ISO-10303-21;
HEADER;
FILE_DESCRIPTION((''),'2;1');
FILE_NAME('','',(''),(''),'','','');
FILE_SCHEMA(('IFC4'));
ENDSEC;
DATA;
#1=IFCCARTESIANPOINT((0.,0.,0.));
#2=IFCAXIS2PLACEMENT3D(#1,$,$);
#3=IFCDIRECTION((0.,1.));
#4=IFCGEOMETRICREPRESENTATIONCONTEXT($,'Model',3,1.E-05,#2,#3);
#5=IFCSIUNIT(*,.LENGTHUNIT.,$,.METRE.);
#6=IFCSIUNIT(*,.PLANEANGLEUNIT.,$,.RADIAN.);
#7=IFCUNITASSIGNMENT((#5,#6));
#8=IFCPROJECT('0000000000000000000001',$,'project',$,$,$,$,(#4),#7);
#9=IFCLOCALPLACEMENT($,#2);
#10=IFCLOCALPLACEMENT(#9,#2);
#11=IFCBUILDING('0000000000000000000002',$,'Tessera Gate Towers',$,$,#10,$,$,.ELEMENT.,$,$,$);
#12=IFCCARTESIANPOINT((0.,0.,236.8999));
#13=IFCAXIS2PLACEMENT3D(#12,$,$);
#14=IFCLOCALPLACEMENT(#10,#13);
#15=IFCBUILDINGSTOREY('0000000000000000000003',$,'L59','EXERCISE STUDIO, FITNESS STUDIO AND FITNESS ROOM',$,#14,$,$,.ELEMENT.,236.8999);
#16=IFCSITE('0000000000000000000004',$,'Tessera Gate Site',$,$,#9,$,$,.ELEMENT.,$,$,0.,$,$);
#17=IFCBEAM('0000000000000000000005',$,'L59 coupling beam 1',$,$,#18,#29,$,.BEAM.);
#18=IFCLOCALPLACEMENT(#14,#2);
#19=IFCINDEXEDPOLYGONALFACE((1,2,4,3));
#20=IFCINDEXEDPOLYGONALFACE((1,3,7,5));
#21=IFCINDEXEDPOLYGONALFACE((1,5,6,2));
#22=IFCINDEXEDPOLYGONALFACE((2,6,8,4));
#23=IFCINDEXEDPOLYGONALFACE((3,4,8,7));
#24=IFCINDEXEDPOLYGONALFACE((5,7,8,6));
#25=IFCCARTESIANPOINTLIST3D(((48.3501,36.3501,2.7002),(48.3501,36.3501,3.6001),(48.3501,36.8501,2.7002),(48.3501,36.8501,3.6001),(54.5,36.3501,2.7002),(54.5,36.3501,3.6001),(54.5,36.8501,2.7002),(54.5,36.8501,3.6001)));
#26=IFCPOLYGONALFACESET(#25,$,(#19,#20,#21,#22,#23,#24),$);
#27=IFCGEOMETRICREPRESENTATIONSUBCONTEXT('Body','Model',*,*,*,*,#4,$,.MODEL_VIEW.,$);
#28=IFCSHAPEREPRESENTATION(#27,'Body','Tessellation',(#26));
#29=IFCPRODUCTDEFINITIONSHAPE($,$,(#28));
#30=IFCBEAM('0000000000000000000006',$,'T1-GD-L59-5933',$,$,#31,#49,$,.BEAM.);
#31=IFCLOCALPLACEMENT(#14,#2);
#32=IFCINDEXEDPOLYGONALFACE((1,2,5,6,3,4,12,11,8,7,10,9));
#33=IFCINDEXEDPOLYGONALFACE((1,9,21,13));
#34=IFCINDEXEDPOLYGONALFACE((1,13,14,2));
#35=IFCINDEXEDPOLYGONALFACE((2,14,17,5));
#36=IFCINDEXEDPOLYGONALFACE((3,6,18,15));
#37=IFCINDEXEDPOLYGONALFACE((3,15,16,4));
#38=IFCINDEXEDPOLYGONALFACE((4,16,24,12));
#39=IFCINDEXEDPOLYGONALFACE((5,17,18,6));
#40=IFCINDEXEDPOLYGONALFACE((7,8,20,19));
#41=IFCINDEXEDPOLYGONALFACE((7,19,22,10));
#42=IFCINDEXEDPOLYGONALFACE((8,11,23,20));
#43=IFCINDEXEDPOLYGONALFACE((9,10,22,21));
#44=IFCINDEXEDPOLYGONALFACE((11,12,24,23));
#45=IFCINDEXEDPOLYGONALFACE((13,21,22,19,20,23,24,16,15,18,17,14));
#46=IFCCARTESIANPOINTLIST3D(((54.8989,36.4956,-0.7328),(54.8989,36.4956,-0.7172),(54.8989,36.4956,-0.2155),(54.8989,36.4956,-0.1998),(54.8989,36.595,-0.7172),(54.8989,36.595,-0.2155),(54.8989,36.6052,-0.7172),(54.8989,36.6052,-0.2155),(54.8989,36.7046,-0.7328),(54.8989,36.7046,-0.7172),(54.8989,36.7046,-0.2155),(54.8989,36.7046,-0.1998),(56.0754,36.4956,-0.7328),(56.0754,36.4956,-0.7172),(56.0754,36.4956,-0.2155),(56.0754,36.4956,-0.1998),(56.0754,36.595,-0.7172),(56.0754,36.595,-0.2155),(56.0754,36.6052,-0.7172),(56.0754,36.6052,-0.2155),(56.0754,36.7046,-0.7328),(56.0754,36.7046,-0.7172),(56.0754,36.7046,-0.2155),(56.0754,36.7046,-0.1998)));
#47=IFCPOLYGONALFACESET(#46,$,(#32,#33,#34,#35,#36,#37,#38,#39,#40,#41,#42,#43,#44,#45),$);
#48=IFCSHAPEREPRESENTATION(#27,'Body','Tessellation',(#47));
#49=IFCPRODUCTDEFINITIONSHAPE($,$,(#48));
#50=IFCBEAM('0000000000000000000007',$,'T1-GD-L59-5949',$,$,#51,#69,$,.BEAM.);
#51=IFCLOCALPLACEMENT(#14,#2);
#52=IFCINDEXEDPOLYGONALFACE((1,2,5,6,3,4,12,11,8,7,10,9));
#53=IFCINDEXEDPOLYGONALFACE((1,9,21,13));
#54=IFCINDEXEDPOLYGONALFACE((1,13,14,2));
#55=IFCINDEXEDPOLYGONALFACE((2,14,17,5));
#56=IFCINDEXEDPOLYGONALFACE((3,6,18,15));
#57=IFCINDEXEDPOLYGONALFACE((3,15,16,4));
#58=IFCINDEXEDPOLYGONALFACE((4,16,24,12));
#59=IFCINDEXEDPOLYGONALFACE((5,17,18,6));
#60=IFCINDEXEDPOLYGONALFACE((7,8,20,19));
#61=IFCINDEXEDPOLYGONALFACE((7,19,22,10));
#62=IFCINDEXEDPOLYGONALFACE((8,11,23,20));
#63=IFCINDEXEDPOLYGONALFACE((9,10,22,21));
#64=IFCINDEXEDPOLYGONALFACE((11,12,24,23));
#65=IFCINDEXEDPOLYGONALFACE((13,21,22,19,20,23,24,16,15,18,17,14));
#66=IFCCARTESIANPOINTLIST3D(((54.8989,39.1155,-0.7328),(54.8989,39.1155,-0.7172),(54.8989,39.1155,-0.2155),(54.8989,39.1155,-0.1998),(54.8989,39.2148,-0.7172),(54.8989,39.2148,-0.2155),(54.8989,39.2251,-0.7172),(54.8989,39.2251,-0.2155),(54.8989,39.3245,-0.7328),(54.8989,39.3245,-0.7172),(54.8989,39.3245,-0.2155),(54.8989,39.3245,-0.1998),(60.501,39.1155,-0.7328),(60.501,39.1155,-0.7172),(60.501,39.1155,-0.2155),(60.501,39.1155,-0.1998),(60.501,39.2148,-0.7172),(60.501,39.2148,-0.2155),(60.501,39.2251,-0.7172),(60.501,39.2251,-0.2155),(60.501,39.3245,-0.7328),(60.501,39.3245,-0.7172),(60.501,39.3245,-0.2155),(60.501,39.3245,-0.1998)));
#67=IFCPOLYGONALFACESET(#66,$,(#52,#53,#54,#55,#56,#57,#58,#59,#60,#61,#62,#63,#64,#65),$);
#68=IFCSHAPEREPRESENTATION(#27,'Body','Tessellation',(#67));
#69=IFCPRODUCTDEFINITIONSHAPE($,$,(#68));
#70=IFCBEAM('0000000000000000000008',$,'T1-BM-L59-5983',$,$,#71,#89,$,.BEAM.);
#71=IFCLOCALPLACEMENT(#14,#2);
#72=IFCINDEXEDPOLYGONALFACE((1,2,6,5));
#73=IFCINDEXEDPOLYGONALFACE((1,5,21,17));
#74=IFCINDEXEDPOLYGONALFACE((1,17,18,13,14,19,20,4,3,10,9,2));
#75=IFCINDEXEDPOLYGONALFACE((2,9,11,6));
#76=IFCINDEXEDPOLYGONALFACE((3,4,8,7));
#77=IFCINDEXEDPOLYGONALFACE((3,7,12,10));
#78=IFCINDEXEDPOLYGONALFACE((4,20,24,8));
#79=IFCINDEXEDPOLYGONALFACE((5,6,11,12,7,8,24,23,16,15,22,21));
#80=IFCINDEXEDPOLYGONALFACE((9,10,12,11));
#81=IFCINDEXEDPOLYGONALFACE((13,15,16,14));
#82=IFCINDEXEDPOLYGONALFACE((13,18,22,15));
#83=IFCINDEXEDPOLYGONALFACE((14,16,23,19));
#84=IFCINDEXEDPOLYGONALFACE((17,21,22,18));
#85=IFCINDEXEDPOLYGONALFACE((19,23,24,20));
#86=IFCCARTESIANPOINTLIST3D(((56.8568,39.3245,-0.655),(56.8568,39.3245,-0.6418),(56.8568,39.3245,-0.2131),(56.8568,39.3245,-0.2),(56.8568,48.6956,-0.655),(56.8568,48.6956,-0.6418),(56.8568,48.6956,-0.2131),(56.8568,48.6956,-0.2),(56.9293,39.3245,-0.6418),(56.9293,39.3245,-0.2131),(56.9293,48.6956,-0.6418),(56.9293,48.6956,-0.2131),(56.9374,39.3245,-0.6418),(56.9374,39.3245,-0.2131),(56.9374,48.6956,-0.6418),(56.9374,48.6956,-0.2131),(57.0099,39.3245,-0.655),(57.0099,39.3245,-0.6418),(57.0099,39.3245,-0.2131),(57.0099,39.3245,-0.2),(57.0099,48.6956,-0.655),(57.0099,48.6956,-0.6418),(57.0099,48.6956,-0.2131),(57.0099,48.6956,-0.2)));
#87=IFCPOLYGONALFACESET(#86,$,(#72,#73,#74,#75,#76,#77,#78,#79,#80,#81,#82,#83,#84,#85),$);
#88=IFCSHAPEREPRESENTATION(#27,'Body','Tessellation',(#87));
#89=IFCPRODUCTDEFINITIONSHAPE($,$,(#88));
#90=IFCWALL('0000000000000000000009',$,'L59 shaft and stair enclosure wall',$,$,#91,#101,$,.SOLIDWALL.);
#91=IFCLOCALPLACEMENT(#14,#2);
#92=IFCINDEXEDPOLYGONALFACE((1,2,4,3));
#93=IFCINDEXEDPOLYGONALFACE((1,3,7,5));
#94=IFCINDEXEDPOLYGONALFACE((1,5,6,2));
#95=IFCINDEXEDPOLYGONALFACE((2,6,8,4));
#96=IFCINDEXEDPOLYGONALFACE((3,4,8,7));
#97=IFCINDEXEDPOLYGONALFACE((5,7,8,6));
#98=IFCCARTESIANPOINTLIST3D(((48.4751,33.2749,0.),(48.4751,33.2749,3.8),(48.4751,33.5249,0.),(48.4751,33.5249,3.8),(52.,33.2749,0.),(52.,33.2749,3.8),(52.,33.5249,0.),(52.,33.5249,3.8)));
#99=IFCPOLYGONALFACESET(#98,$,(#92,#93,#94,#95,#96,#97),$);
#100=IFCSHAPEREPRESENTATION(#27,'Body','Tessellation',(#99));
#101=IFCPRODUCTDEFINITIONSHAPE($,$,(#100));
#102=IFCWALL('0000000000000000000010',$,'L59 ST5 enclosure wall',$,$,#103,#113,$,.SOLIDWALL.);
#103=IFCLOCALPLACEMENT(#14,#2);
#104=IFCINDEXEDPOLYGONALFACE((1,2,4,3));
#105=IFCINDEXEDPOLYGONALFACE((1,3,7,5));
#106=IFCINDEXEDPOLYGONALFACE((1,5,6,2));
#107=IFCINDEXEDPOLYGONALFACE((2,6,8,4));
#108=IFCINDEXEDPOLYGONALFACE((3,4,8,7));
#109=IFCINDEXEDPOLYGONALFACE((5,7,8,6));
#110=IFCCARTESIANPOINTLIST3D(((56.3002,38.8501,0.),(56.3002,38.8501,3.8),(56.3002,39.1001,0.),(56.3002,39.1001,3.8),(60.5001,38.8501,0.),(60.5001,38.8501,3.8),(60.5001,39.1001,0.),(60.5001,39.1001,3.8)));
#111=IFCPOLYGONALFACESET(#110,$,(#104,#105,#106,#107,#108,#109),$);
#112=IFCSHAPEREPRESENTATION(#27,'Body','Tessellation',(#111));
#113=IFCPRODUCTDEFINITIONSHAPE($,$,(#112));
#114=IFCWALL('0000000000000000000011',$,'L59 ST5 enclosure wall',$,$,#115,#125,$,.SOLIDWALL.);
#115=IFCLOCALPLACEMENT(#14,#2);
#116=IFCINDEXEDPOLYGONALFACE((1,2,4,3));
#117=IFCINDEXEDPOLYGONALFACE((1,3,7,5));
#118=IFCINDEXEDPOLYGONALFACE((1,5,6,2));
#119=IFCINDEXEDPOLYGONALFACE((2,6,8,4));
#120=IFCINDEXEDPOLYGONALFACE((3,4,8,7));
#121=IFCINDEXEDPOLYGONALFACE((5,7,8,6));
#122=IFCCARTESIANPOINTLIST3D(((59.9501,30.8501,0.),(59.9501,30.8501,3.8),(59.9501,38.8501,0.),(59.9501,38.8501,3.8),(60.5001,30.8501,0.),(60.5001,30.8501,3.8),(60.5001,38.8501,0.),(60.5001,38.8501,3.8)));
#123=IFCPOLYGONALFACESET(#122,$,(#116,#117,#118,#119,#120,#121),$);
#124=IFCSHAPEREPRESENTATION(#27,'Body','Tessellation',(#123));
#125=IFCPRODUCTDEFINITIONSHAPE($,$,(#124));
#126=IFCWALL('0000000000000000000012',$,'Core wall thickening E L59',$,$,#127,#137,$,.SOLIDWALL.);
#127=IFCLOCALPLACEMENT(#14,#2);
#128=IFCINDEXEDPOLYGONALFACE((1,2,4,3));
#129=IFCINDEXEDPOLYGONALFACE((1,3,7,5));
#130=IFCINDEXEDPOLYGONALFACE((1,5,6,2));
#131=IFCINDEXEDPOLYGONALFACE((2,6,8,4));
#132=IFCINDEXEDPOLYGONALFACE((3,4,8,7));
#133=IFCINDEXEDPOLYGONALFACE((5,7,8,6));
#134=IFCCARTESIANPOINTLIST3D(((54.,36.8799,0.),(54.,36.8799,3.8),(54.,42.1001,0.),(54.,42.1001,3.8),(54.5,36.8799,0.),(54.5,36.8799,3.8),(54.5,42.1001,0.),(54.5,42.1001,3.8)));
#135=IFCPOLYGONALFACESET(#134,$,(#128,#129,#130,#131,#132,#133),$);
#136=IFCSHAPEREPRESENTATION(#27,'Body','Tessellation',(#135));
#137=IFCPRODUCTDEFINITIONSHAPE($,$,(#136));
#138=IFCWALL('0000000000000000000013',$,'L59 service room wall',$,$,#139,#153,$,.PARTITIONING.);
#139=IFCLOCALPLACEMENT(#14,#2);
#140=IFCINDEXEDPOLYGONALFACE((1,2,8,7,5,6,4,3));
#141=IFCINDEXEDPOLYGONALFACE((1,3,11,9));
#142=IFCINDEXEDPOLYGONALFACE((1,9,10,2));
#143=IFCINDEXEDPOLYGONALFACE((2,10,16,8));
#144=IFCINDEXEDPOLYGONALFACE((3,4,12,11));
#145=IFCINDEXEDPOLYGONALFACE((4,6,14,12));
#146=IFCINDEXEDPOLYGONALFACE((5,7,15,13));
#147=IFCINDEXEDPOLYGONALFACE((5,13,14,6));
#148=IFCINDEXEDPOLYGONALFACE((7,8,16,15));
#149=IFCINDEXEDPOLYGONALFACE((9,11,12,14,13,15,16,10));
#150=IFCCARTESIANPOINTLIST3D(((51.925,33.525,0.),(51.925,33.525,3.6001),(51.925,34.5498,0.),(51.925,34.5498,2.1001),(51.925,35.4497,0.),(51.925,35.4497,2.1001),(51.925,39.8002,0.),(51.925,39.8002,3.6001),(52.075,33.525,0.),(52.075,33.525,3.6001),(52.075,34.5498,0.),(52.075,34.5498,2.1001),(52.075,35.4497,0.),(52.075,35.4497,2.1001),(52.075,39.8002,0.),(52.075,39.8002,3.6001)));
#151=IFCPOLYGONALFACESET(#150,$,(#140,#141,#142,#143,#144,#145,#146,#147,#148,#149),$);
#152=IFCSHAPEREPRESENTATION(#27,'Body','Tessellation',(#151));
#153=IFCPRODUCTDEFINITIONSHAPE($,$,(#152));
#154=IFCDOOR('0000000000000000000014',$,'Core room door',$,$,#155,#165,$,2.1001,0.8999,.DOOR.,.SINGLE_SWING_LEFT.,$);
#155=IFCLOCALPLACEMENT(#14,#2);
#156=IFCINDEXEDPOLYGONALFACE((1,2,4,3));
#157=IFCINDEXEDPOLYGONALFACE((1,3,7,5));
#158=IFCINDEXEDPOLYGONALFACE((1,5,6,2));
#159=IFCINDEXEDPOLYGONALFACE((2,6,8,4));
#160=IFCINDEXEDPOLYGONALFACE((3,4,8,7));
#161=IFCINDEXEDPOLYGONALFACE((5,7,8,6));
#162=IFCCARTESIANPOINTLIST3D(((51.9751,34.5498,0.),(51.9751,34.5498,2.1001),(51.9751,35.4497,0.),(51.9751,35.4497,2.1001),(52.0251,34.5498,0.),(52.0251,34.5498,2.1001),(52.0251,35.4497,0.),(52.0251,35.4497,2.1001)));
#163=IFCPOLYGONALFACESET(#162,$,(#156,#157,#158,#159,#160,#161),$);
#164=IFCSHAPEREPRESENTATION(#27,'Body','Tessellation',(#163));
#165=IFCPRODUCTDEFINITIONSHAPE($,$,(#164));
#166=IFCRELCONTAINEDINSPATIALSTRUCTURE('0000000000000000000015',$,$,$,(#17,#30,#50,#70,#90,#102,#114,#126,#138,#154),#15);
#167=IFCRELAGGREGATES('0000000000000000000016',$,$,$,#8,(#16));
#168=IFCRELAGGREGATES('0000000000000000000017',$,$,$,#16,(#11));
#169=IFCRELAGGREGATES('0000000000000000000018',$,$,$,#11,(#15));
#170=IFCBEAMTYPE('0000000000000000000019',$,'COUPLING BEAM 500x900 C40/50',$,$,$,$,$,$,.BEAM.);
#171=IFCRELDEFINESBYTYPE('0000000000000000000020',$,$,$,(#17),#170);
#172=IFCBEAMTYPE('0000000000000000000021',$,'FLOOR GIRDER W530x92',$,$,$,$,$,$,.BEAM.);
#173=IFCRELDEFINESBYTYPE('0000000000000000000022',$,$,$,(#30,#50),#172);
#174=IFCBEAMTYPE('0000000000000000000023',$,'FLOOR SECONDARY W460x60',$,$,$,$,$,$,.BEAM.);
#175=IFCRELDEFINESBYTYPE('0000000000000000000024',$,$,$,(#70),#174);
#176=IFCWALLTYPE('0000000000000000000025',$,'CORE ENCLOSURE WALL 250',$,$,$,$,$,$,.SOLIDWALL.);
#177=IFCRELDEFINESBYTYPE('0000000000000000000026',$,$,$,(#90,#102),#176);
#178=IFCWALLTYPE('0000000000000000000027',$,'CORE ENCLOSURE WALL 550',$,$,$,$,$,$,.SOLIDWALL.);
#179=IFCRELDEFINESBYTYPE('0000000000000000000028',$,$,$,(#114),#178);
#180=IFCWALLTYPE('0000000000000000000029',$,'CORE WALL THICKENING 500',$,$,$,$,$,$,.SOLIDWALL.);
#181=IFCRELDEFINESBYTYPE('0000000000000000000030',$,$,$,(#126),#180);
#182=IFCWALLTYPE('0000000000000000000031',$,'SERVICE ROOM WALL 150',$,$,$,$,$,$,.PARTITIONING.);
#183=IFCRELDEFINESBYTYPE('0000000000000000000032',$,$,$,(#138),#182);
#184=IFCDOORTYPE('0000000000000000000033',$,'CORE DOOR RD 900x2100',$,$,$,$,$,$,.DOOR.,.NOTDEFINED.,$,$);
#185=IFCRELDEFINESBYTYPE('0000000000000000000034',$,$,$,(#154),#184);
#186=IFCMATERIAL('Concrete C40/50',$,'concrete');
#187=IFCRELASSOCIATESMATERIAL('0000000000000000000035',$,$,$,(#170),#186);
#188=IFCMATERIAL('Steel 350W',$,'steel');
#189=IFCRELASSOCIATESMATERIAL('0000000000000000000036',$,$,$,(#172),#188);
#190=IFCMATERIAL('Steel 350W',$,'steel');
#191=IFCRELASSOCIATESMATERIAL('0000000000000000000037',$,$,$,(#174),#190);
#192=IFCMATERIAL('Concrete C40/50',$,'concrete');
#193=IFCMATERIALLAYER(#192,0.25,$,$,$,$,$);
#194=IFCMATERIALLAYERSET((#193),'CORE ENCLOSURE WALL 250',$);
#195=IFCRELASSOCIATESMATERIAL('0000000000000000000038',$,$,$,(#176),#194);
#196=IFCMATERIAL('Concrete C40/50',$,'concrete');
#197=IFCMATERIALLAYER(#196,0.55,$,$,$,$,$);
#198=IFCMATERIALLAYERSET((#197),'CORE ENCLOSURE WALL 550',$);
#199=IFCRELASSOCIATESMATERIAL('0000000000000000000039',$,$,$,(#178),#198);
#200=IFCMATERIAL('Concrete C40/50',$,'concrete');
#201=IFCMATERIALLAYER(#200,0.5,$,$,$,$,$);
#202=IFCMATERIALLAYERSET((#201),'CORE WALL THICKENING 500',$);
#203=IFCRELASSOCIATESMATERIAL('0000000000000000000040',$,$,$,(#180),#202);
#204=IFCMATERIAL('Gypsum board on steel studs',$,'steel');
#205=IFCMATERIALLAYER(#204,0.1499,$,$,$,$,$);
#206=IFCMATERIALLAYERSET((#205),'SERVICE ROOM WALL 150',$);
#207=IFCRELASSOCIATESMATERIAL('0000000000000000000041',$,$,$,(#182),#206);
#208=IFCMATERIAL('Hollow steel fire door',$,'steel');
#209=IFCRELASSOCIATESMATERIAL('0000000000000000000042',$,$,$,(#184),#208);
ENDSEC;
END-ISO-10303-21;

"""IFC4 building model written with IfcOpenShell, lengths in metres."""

from ifc_helpers import new_model, si_unit, direction, frame, frame_2d, origin, origin_2d, place, context, subcontext, project, spatial, rectangle, i_section, extrude, source, transform, mapped, material, layer, layer_set, material_profile, profile_set, type_object, element, fill, save


model = new_model("IFC4")

# Units and contexts
model_context = context("Model", 3, precision=1e-05, world=origin(), true_north=direction((0.0, 1.0)))
body_context = subcontext(model_context, "Body", "Model", "MODEL_VIEW")
ifc_project = project(units=[si_unit("LENGTHUNIT", "METRE"), si_unit("PLANEANGLEUNIT", "RADIAN")], contexts=[model_context])

# Site, building, storey
site_placement = place(None, origin())
site = spatial("IfcSite", under=ifc_project, at=site_placement, Name="Tessera Gate Site", CompositionType="ELEMENT", RefElevation=0.0)
building_placement = place(site_placement, origin())
building = spatial("IfcBuilding", under=site, at=building_placement, Name="Tessera Gate Towers", CompositionType="ELEMENT")
storey_placement = place(building_placement, frame((0.0, 0.0, 236.8999)))
storey = spatial("IfcBuildingStorey", under=building, at=storey_placement, Name="L59", Description="EXERCISE STUDIO, FITNESS STUDIO AND FITNESS ROOM", CompositionType="ELEMENT", Elevation=236.8999)

# Beams
ifc_material_1 = material(Name="Concrete C40/50", Category="concrete")
ifc_material_profile_1 = material_profile(ifc_material_1, rectangle(XDim=0.5, YDim=0.8999, at=origin_2d()), Name="RC 500x900")
ifc_profile_set_1 = profile_set([ifc_material_profile_1], Name="Concrete C40/50")
beam_type_1 = type_object("IfcBeamType", Name="COUPLING BEAM 500x900 C40/50", PredefinedType="BEAM", material=ifc_profile_set_1)
beam_1_placement = place(storey_placement, frame((48.3501, 36.6001, 3.1501), z_axis=(1.0, 0.0, 0.0), x_axis=(0.0, 1.0, 0.0)))
element("IfcBeam", 1, at=beam_1_placement, inside=storey, type_object=beam_type_1, Name="L59 coupling beam 1", PredefinedType="BEAM", context=body_context, shape_type="SweptSolid", body=[
    extrude(rectangle(XDim=0.5, YDim=0.8999, at=origin_2d()), origin(), (0.0, 0.0, 1.0), 6.1499),
])
ifc_material_2 = material(Name="Steel 350W", Category="steel")
ifc_material_profile_2 = material_profile(ifc_material_2, i_section(OverallWidth=0.209, OverallDepth=0.533, WebThickness=0.0103, FlangeThickness=0.0156, at=origin_2d()), Name="W530x92")
ifc_profile_set_2 = profile_set([ifc_material_profile_2], Name="Steel 350W")
beam_type_2 = type_object("IfcBeamType", Name="FLOOR GIRDER W530x92", PredefinedType="BEAM", material=ifc_profile_set_2)
beam_2_placement = place(storey_placement, frame((54.8989, 36.6001, -0.4663), z_axis=(1.0, 0.0, 0.0), x_axis=(0.0, 1.0, 0.0)))
element("IfcBeam", 2, at=beam_2_placement, inside=storey, type_object=beam_type_2, Name="T1-GD-L59-5933", PredefinedType="BEAM", context=body_context, shape_type="SweptSolid", body=[
    extrude(i_section(OverallWidth=0.209, OverallDepth=0.533, WebThickness=0.0103, FlangeThickness=0.0156, at=origin_2d()), origin(), (0.0, 0.0, 1.0), 1.1765),
])
beam_3_placement = place(storey_placement, frame((54.8989, 39.22, -0.4663), z_axis=(1.0, 0.0, 0.0), x_axis=(0.0, 1.0, 0.0)))
element("IfcBeam", 3, at=beam_3_placement, inside=storey, type_object=beam_type_2, Name="T1-GD-L59-5949", PredefinedType="BEAM", context=body_context, shape_type="SweptSolid", body=[
    extrude(i_section(OverallWidth=0.209, OverallDepth=0.533, WebThickness=0.0103, FlangeThickness=0.0156, at=origin_2d()), origin(), (0.0, 0.0, 1.0), 5.6021),
])
ifc_material_3 = material(Name="Steel 350W", Category="steel")
ifc_material_profile_3 = material_profile(ifc_material_3, i_section(OverallWidth=0.1531, OverallDepth=0.4551, WebThickness=0.0081, FlangeThickness=0.0132, at=origin_2d()), Name="W460x60")
ifc_profile_set_3 = profile_set([ifc_material_profile_3], Name="Steel 350W")
beam_type_3 = type_object("IfcBeamType", Name="FLOOR SECONDARY W460x60", PredefinedType="BEAM", material=ifc_profile_set_3)
beam_4_placement = place(storey_placement, frame((56.9333, 39.3245, -0.4275), z_axis=(0.0, 1.0, 0.0), x_axis=(-1.0, 0.0, 0.0)))
element("IfcBeam", 4, at=beam_4_placement, inside=storey, type_object=beam_type_3, Name="T1-BM-L59-5983", PredefinedType="BEAM", context=body_context, shape_type="SweptSolid", body=[
    extrude(i_section(OverallWidth=0.1531, OverallDepth=0.4551, WebThickness=0.0081, FlangeThickness=0.0132, at=origin_2d()), origin(), (0.0, 0.0, 1.0), 9.3711),
])

# Walls
ifc_material_4 = material(Name="Concrete C40/50", Category="concrete")
ifc_layer_1 = layer(ifc_material_4, 0.25)
ifc_layer_set_1 = layer_set([ifc_layer_1], Name="CORE ENCLOSURE WALL 250")
wall_type_1 = type_object("IfcWallType", Name="CORE ENCLOSURE WALL 250", PredefinedType="SOLIDWALL", material=ifc_layer_set_1)
wall_1_placement = place(storey_placement, frame((48.4751, 33.3999, 0.0), z_axis=(0.0, 0.0, 1.0), x_axis=(1.0, 0.0, 0.0)))
element("IfcWall", 5, at=wall_1_placement, inside=storey, type_object=wall_type_1, Name="L59 shaft and stair enclosure wall", PredefinedType="SOLIDWALL", context=body_context, shape_type="SweptSolid", body=[
    extrude(rectangle(XDim=3.5249, YDim=0.25, at=frame_2d((1.7625, 0.0))), origin(), (0.0, 0.0, 1.0), 3.8),
])
wall_2_placement = place(storey_placement, frame((56.3, 38.9751, 0.0), z_axis=(0.0, 0.0, 1.0), x_axis=(1.0, 0.0, 0.0)))
element("IfcWall", 6, at=wall_2_placement, inside=storey, type_object=wall_type_1, Name="L59 ST5 enclosure wall", PredefinedType="SOLIDWALL", context=body_context, shape_type="SweptSolid", body=[
    extrude(rectangle(XDim=4.2, YDim=0.25, at=frame_2d((2.1001, 0.0))), origin(), (0.0, 0.0, 1.0), 3.8),
])
ifc_material_5 = material(Name="Concrete C40/50", Category="concrete")
ifc_layer_2 = layer(ifc_material_5, 0.55)
ifc_layer_set_2 = layer_set([ifc_layer_2], Name="CORE ENCLOSURE WALL 550")
wall_type_2 = type_object("IfcWallType", Name="CORE ENCLOSURE WALL 550", PredefinedType="SOLIDWALL", material=ifc_layer_set_2)
wall_3_placement = place(storey_placement, frame((60.2251, 38.8501, 0.0), z_axis=(0.0, 0.0, 1.0), x_axis=(0.0, -1.0, 0.0)))
element("IfcWall", 7, at=wall_3_placement, inside=storey, type_object=wall_type_2, Name="L59 ST5 enclosure wall", PredefinedType="SOLIDWALL", context=body_context, shape_type="SweptSolid", body=[
    extrude(rectangle(XDim=8.0, YDim=0.55, at=frame_2d((4.0, 0.0))), origin(), (0.0, 0.0, 1.0), 3.8),
])
ifc_material_6 = material(Name="Concrete C40/50", Category="concrete")
ifc_layer_3 = layer(ifc_material_6, 0.5)
ifc_layer_set_3 = layer_set([ifc_layer_3], Name="CORE WALL THICKENING 500")
wall_type_3 = type_object("IfcWallType", Name="CORE WALL THICKENING 500", PredefinedType="SOLIDWALL", material=ifc_layer_set_3)
wall_4_placement = place(storey_placement, frame((54.25, 36.8799, 0.0), z_axis=(0.0, 0.0, 1.0), x_axis=(0.0, 1.0, 0.0)))
element("IfcWall", 8, at=wall_4_placement, inside=storey, type_object=wall_type_3, Name="Core wall thickening E L59", PredefinedType="SOLIDWALL", context=body_context, shape_type="SweptSolid", body=[
    extrude(rectangle(XDim=5.2202, YDim=0.5, at=frame_2d((2.6101, 0.0))), origin(), (0.0, 0.0, 1.0), 3.8),
])

# Wall, opening, door
ifc_material_7 = material(Name="Gypsum board on steel studs", Category="steel")
ifc_layer_4 = layer(ifc_material_7, 0.1499)
ifc_layer_set_4 = layer_set([ifc_layer_4], Name="SERVICE ROOM WALL 150")
wall_type_4 = type_object("IfcWallType", Name="SERVICE ROOM WALL 150", PredefinedType="PARTITIONING", material=ifc_layer_set_4)
wall_5_placement = place(storey_placement, frame((52.0, 33.5249, 0.0), z_axis=(0.0, 0.0, 1.0), x_axis=(0.0, 1.0, 0.0)))
wall_5 = element("IfcWall", 9, at=wall_5_placement, inside=storey, type_object=wall_type_4, Name="L59 service room wall", PredefinedType="PARTITIONING", context=body_context, shape_type="SweptSolid", body=[
    extrude(rectangle(XDim=6.2751, YDim=0.1499, at=frame_2d((3.1377, 0.0))), origin(), (0.0, 0.0, 1.0), 3.6001),
])
shared_shape_1 = source(origin(), body_context, "Body", "SweptSolid", [
    extrude(rectangle(XDim=0.8999, YDim=2.1001, at=frame_2d((0.45, 1.05))), frame((0.0, 0.085, 0.0), z_axis=(0.0, -1.0, 0.0), x_axis=(1.0, 0.0, 0.0)), (0.0, 0.0, 1.0), 0.1699),
])
opening_placement = place(wall_5_placement, frame((1.0249, 0.0, 0.0)))
opening = element("IfcOpeningElement", 10, at=opening_placement, cuts=wall_5, PredefinedType="OPENING", context=body_context, shape_type="MappedRepresentation", body=[
    mapped(shared_shape_1, transform((0.0, 0.0, 0.0), scale=1.0)),
])
ifc_material_8 = material(Name="Hollow steel fire door", Category="steel")
door_type = type_object("IfcDoorType", Name="CORE DOOR RD 900x2100", OperationType="NOTDEFINED", PredefinedType="DOOR", material=ifc_material_8)
shared_shape_2 = source(origin(), body_context, "Body", "SweptSolid", [
    extrude(rectangle(XDim=0.8999, YDim=2.1001, at=frame_2d((0.45, 1.05))), frame((0.0, 0.0249, 0.0), z_axis=(0.0, -1.0, 0.0), x_axis=(1.0, 0.0, 0.0)), (0.0, 0.0, 1.0), 0.05),
])
door_placement = place(opening_placement, origin())
door = element("IfcDoor", 11, at=door_placement, inside=storey, type_object=door_type, Name="Core room door", OperationType="SINGLE_SWING_LEFT", OverallHeight=2.1001, OverallWidth=0.8999, PredefinedType="DOOR", context=body_context, shape_type="MappedRepresentation", body=[
    mapped(shared_shape_2, transform((0.0, 0.0, 0.0), scale=1.0)),
])
fill(opening, door)

save(model, "model.ifc")
